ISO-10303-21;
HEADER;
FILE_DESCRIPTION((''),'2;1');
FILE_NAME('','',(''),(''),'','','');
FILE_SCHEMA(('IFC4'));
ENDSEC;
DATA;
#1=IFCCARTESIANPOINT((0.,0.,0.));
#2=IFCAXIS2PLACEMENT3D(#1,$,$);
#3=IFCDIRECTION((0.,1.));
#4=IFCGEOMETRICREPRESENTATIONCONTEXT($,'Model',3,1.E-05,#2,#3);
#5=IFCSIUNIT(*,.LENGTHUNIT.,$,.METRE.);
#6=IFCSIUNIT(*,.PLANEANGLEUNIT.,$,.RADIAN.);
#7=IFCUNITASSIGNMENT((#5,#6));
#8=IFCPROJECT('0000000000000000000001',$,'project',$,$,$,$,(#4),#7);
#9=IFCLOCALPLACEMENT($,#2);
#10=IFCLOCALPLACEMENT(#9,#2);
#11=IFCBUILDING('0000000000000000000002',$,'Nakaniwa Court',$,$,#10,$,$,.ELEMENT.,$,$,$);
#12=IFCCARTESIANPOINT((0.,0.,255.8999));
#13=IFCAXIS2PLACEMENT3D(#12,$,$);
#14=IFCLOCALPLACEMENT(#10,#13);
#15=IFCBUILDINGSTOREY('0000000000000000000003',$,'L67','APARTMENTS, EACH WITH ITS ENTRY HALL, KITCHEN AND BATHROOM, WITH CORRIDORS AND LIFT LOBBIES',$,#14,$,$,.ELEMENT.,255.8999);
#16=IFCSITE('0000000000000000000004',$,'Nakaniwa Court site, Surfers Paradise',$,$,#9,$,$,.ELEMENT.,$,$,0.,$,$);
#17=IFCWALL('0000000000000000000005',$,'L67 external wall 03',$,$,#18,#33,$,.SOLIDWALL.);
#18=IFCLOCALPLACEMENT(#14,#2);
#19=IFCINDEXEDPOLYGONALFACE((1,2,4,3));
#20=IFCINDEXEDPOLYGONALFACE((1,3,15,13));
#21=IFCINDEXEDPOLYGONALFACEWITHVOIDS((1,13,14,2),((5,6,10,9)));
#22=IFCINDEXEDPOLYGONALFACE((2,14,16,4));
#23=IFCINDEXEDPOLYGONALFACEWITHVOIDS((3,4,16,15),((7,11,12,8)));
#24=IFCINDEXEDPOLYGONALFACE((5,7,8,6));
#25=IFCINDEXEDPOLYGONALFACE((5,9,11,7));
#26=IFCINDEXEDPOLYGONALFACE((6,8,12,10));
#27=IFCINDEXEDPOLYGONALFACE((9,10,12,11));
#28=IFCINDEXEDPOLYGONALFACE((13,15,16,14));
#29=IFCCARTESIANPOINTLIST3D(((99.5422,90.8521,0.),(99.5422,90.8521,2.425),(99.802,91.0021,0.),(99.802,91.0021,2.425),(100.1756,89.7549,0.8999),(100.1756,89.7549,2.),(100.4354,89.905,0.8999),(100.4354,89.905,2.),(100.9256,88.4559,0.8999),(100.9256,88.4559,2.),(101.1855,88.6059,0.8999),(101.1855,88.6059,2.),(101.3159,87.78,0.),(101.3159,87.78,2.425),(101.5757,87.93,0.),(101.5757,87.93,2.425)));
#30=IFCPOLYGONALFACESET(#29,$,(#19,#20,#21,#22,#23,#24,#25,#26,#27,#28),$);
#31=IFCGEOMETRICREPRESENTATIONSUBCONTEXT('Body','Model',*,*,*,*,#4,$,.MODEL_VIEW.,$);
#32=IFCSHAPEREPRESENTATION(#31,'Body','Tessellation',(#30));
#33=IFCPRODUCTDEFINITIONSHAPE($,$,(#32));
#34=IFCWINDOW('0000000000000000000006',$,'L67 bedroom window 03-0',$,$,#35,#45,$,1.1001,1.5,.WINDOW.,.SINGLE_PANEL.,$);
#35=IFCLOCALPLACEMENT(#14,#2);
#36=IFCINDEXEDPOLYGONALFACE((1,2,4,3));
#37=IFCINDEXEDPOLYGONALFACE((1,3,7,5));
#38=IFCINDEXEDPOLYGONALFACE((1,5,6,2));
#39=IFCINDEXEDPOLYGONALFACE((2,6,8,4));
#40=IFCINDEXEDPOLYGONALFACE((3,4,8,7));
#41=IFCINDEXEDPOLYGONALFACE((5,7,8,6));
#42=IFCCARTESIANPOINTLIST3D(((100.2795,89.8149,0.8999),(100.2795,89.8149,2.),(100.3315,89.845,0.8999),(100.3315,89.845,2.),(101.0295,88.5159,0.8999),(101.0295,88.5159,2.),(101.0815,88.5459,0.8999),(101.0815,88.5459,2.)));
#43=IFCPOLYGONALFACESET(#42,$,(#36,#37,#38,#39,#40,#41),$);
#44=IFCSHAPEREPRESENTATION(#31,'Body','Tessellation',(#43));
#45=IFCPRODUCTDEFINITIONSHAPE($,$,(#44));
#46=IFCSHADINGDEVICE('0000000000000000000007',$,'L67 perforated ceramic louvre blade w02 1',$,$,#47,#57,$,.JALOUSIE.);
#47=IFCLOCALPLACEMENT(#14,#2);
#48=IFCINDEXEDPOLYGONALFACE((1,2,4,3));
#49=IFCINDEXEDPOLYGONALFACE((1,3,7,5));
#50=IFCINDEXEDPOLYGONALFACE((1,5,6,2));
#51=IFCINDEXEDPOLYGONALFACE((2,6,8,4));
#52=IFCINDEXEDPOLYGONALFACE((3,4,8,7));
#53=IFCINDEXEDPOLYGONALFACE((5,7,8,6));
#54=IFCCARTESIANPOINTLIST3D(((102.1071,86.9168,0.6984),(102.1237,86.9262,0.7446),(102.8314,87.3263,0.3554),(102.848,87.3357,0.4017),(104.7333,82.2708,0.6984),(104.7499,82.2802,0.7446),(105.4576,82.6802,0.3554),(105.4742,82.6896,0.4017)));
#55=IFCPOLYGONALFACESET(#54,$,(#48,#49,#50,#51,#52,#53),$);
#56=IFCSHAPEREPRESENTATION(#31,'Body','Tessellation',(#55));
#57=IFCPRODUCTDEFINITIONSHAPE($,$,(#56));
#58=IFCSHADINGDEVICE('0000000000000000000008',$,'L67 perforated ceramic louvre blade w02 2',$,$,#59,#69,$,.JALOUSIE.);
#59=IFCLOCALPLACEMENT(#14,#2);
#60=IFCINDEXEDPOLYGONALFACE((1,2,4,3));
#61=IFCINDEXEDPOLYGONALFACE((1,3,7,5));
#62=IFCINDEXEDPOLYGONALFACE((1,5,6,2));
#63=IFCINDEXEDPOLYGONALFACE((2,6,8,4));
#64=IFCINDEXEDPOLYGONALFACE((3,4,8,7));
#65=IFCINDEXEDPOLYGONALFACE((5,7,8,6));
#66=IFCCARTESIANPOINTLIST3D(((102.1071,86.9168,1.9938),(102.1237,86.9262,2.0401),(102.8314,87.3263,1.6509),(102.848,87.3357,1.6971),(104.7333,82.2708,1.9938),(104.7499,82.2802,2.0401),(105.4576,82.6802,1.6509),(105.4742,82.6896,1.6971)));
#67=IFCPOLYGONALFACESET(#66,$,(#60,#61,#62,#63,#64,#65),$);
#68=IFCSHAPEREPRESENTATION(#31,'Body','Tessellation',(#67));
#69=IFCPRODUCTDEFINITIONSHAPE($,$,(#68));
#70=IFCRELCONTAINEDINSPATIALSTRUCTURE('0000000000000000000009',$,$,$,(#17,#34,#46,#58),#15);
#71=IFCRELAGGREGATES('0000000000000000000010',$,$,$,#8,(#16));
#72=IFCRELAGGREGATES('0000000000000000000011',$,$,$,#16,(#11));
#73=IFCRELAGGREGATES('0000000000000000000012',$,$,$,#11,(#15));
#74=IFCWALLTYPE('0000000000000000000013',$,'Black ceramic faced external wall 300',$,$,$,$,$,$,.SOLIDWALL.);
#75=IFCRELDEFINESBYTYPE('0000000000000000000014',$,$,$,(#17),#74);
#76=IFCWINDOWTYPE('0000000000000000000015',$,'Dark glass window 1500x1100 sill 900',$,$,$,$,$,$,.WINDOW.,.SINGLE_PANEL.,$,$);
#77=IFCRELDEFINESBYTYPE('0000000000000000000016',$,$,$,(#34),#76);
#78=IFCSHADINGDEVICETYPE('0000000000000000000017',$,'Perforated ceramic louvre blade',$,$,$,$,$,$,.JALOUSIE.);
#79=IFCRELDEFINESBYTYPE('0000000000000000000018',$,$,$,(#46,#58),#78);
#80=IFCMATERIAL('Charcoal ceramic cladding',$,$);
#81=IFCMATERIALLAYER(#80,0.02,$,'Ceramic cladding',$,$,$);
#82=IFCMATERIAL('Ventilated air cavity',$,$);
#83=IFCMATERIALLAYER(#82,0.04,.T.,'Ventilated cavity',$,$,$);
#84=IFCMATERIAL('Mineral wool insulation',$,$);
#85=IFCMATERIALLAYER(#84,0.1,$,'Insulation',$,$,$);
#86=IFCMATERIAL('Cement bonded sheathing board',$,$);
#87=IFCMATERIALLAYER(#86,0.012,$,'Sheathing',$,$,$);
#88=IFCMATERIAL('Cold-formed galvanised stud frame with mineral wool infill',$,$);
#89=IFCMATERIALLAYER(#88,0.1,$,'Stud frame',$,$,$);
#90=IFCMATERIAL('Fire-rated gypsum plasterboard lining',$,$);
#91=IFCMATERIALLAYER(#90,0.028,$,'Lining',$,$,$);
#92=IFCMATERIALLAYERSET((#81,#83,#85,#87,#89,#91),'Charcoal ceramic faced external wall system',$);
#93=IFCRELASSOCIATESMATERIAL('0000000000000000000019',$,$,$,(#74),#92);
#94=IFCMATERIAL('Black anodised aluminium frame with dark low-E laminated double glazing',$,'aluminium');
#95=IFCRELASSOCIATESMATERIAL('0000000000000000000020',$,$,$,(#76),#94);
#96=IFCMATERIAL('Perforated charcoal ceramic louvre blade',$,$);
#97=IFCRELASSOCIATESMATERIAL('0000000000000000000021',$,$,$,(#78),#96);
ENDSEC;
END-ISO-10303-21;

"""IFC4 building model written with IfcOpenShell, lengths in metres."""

from ifc_helpers import new_model, si_unit, direction, frame, frame_2d, origin, origin_2d, place, context, subcontext, project, spatial, rectangle, extrude, material, layer, layer_set, material_profile, profile_set, type_object, element, fill, save


model = new_model("IFC4")

# Units and contexts
model_context = context("Model", 3, precision=1e-05, world=origin(), true_north=direction((0.0, 1.0)))
body_context = subcontext(model_context, "Body", "Model", "MODEL_VIEW")
ifc_project = project(units=[si_unit("LENGTHUNIT", "METRE"), si_unit("PLANEANGLEUNIT", "RADIAN")], contexts=[model_context])

# Site, building, storey
site_placement = place(None, origin())
site = spatial("IfcSite", under=ifc_project, at=site_placement, Name="Nakaniwa Court site, Surfers Paradise", CompositionType="ELEMENT", RefElevation=0.0)
building_placement = place(site_placement, origin())
building = spatial("IfcBuilding", under=site, at=building_placement, Name="Nakaniwa Court", CompositionType="ELEMENT")
storey_placement = place(building_placement, frame((0.0, 0.0, 255.8999)))
storey = spatial("IfcBuildingStorey", under=building, at=storey_placement, Name="L67", Description="APARTMENTS, EACH WITH ITS ENTRY HALL, KITCHEN AND BATHROOM, WITH CORRIDORS AND LIFT LOBBIES", CompositionType="ELEMENT", Elevation=255.8999)

# Shared definitions
ifc_material_1 = material(Name="Charcoal ceramic cladding")
ifc_layer_1 = layer(ifc_material_1, 0.02, Name="Ceramic cladding")
ifc_material_2 = material(Name="Ventilated air cavity")
ifc_layer_2 = layer(ifc_material_2, 0.04, ventilated=True, Name="Ventilated cavity")
ifc_material_3 = material(Name="Mineral wool insulation")
ifc_layer_3 = layer(ifc_material_3, 0.1, Name="Insulation")
ifc_material_4 = material(Name="Cement bonded sheathing board")
ifc_layer_4 = layer(ifc_material_4, 0.012, Name="Sheathing")
ifc_material_5 = material(Name="Cold-formed galvanised stud frame with mineral wool infill")
ifc_layer_5 = layer(ifc_material_5, 0.1, Name="Stud frame")
ifc_material_6 = material(Name="Fire-rated gypsum plasterboard lining")
ifc_layer_6 = layer(ifc_material_6, 0.028, Name="Lining")
ifc_layer_set = layer_set([ifc_layer_1, ifc_layer_2, ifc_layer_3, ifc_layer_4, ifc_layer_5, ifc_layer_6], Name="Charcoal ceramic faced external wall system")
wall_type = type_object("IfcWallType", Name="Black ceramic faced external wall 300", PredefinedType="SOLIDWALL", material=ifc_layer_set)
ifc_material_7 = material(Name="Black anodised aluminium frame with dark low-E laminated double glazing", Category="aluminium")
window_type_1 = type_object("IfcWindowType", Name="Dark glass window 1500x1100 sill 900", PartitioningType="SINGLE_PANEL", PredefinedType="WINDOW", material=ifc_material_7)

# Wall, opening, window
wall_1_placement = place(storey_placement, frame((101.4458, 87.855, 0.0), z_axis=(0.0, 0.0, 1.0), x_axis=(-0.50001, 0.866019, 0.0)))
wall_1 = element("IfcWall", 1, at=wall_1_placement, inside=storey, type_object=wall_type, Name="L67 external wall 03", PredefinedType="SOLIDWALL", context=body_context, shape_type="SweptSolid", body=[
    extrude(rectangle(XDim=3.5474, YDim=0.3, at=frame_2d((1.7737, 0.0))), origin(), (0.0, 0.0, 1.0), 2.425),
])
opening_1_placement = place(wall_1_placement, frame((0.7805, 0.0, 0.8999)))
opening_1 = element("IfcOpeningElement", 2, at=opening_1_placement, cuts=wall_1, PredefinedType="OPENING", context=body_context, shape_type="SweptSolid", body=[
    extrude(rectangle(XDim=1.5, YDim=1.1001, at=frame_2d((0.75, 0.55))), frame((0.0, 0.1599, 0.0), z_axis=(0.0, -1.0, 0.0), x_axis=(1.0, 0.0, 0.0)), (0.0, 0.0, 1.0), 0.3201),
])
window_1_placement = place(opening_1_placement, origin())
window_1 = element("IfcWindow", 3, at=window_1_placement, inside=storey, type_object=window_type_1, Name="L67 bedroom window 03-0", OverallHeight=1.1001, OverallWidth=1.5, PartitioningType="SINGLE_PANEL", PredefinedType="WINDOW", context=body_context, shape_type="SweptSolid", body=[
    extrude(rectangle(XDim=1.5, YDim=1.1001, at=frame_2d((0.75, 0.55))), frame((0.0, 0.03, 0.0), z_axis=(0.0, -1.0, 0.0), x_axis=(1.0, 0.0, 0.0)), (0.0, 0.0, 1.0), 0.0601),
])
fill(opening_1, window_1)

# Shading devices
ifc_material_8 = material(Name="Perforated charcoal ceramic louvre blade")
ifc_material_profile_1 = material_profile(ifc_material_8, rectangle(XDim=0.8999, YDim=0.05, at=origin_2d()), Name="Perforated ceramic louvre blade")
ifc_profile_set_1 = profile_set([ifc_material_profile_1], Name="Perforated charcoal ceramic louvre blade")
shading_device_type = type_object("IfcShadingDeviceType", Name="Perforated ceramic louvre blade", PredefinedType="JALOUSIE", material=ifc_profile_set_1)
for number, where, z_axis, x_axis, name in (
    (4, (105.1038, 82.4802, 0.55), (-0.492089, 0.870545, 0.0), (-0.804859, -0.454959, 0.38107), "L67 perforated ceramic louvre blade w02 1"),
    (5, (105.1038, 82.4802, 1.8455), (-0.492089, 0.870545, 0.0), (-0.804859, -0.454959, 0.38107), "L67 perforated ceramic louvre blade w02 2"),
):
    element("IfcShadingDevice", number, at=place(storey_placement, frame(where, z_axis=z_axis, x_axis=x_axis)), inside=storey, type_object=shading_device_type, Name=name, PredefinedType="JALOUSIE", context=body_context, shape_type="SweptSolid", body=[
        extrude(rectangle(XDim=0.8999, YDim=0.05, at=origin_2d()), origin(), (0.0, 0.0, 1.0), 5.3369),
    ])

save(model, "model.ifc")
